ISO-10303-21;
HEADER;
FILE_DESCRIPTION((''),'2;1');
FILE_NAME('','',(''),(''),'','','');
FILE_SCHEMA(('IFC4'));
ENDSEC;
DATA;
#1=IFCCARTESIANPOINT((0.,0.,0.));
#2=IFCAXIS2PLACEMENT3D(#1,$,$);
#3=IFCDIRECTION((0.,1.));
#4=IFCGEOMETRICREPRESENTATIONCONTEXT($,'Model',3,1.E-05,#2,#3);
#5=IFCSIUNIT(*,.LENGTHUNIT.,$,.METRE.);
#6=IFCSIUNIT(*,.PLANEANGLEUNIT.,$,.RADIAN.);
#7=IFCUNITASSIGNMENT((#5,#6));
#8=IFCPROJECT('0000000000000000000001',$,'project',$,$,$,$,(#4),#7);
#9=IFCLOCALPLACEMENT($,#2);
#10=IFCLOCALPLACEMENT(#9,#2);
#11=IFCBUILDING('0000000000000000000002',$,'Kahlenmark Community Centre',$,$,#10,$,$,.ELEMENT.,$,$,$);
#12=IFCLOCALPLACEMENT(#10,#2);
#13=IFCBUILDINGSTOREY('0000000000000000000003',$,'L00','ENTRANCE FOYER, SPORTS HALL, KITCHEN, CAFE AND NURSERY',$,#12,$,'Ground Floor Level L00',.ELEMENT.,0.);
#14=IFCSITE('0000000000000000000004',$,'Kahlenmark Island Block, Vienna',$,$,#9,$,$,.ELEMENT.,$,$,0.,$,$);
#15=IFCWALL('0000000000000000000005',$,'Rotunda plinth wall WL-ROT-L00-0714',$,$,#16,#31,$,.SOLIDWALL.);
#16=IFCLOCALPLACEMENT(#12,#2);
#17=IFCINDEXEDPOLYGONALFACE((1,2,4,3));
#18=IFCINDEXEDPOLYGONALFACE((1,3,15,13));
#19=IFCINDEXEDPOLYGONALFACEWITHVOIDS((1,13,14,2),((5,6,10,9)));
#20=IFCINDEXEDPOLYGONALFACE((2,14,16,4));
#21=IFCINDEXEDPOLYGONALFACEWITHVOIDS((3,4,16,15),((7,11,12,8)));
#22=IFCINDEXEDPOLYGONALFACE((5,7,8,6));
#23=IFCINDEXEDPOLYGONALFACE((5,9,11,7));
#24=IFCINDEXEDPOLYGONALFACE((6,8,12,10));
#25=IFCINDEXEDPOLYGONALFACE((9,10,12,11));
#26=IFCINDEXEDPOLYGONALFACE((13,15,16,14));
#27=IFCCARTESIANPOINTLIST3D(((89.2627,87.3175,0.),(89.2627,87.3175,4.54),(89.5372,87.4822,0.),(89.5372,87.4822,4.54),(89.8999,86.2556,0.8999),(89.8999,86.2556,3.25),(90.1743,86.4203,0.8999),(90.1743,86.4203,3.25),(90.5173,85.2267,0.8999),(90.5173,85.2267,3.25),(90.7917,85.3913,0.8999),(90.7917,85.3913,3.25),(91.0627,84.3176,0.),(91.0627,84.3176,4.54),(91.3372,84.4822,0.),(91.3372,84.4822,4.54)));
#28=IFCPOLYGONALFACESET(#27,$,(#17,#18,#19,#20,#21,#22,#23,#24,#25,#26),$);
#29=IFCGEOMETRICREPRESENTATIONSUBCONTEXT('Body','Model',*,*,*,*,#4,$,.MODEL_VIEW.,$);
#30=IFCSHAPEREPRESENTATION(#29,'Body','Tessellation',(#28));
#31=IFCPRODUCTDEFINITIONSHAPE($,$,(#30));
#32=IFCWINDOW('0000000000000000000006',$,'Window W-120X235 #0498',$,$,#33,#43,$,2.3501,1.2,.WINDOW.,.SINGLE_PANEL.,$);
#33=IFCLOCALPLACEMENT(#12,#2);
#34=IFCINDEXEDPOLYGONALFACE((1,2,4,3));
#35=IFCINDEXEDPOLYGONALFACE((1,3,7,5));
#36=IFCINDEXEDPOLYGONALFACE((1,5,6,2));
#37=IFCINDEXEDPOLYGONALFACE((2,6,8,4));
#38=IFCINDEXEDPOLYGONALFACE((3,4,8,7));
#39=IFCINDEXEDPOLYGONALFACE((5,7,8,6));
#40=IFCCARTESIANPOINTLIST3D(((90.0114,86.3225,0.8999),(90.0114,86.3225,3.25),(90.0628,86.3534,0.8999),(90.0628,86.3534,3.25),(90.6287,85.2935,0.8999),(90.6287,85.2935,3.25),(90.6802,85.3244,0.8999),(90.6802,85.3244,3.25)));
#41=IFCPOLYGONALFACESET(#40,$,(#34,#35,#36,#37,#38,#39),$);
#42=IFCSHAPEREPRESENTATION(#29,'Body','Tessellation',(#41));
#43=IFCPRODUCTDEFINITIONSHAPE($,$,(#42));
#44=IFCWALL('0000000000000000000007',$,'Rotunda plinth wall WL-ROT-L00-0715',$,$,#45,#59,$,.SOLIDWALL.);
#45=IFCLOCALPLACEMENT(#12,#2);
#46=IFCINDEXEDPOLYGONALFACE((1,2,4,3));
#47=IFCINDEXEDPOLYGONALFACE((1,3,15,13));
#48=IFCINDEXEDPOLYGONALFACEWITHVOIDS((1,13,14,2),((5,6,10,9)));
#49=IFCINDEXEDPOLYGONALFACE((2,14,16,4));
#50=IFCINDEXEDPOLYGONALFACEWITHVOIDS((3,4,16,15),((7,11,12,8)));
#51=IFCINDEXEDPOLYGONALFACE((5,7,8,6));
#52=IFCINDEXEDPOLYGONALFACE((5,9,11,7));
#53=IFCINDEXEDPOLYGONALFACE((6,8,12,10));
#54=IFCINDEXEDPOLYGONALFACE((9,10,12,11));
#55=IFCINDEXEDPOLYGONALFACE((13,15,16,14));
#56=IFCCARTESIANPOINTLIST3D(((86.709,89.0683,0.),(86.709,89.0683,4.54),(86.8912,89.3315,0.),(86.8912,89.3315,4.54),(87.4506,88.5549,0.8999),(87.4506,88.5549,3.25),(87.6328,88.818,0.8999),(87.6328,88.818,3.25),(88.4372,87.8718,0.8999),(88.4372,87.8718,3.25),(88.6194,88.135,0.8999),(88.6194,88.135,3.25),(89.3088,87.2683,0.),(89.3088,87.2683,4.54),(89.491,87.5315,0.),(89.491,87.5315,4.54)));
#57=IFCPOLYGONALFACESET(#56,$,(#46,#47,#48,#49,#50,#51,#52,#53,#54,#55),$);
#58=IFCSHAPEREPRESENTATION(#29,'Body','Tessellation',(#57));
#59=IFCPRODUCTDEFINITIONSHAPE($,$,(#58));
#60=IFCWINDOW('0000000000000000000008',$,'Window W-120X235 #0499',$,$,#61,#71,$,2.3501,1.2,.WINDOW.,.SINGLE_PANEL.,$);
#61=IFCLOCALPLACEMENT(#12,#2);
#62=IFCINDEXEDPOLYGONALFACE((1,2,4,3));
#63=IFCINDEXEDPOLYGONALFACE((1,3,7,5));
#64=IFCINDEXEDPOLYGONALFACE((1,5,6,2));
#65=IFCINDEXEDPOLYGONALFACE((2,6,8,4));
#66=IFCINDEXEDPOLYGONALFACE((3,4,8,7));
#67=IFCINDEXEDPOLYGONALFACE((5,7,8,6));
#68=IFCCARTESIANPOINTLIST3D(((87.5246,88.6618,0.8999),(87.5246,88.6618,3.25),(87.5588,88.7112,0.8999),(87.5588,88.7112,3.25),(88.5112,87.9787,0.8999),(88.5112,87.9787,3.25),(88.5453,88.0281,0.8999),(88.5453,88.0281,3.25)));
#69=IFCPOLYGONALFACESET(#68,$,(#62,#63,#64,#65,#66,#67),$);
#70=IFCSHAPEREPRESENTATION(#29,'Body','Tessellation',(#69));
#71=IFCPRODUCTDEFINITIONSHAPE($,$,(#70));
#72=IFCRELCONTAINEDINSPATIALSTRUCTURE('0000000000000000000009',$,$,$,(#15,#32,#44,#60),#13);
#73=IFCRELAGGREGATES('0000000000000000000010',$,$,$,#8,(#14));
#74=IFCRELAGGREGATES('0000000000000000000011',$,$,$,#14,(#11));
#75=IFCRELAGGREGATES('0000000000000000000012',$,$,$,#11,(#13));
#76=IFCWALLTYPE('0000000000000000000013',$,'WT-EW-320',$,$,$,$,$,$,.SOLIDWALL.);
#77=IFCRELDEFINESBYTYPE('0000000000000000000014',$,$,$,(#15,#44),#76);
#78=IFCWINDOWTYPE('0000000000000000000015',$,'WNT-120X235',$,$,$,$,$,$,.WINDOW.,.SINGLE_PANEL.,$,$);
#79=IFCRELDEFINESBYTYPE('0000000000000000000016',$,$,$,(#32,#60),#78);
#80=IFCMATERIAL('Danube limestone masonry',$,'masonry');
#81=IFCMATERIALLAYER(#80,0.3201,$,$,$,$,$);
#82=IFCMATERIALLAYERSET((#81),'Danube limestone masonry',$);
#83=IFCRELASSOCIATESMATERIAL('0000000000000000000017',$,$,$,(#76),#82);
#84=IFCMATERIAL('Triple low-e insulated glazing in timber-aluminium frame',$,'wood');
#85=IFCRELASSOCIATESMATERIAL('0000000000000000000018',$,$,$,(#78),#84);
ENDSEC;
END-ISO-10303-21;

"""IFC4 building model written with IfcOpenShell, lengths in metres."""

from ifc_helpers import new_model, si_unit, direction, frame, frame_2d, origin, place, context, subcontext, project, spatial, rectangle, extrude, material, layer, layer_set, type_object, element, fill, save


model = new_model("IFC4")

# Units and contexts
model_context = context("Model", 3, precision=1e-05, world=origin(), true_north=direction((0.0, 1.0)))
body_context = subcontext(model_context, "Body", "Model", "MODEL_VIEW")
ifc_project = project(units=[si_unit("LENGTHUNIT", "METRE"), si_unit("PLANEANGLEUNIT", "RADIAN")], contexts=[model_context])

# Site, building, storey
site_placement = place(None, origin())
site = spatial("IfcSite", under=ifc_project, at=site_placement, Name="Kahlenmark Island Block, Vienna", CompositionType="ELEMENT", RefElevation=0.0)
building_placement = place(site_placement, origin())
building = spatial("IfcBuilding", under=site, at=building_placement, Name="Kahlenmark Community Centre", CompositionType="ELEMENT")
storey_placement = place(building_placement, origin())
storey = spatial("IfcBuildingStorey", under=building, at=storey_placement, Name="L00", Description="ENTRANCE FOYER, SPORTS HALL, KITCHEN, CAFE AND NURSERY", LongName="Ground Floor Level L00", CompositionType="ELEMENT", Elevation=0.0)

# Walls, openings, windows
ifc_material_1 = material(Name="Danube limestone masonry", Category="masonry")
ifc_layer = layer(ifc_material_1, 0.3201)
ifc_layer_set = layer_set([ifc_layer], Name="Danube limestone masonry")
wall_type = type_object("IfcWallType", Name="WT-EW-320", PredefinedType="SOLIDWALL", material=ifc_layer_set)
ifc_material_2 = material(Name="Triple low-e insulated glazing in timber-aluminium frame", Category="wood")
window_type = type_object("IfcWindowType", Name="WNT-120X235", PartitioningType="SINGLE_PANEL", PredefinedType="WINDOW", material=ifc_material_2)
wall_1_placement = place(storey_placement, frame((91.2, 84.3999, 0.0), z_axis=(0.0, 0.0, 1.0), x_axis=(-0.514506, 0.857487, 0.0)))
wall_1 = element("IfcWall", 1, at=wall_1_placement, inside=storey, type_object=wall_type, Name="Rotunda plinth wall WL-ROT-L00-0714", PredefinedType="SOLIDWALL", context=body_context, shape_type="SweptSolid", body=[
    extrude(rectangle(XDim=3.4985, YDim=0.3201, at=frame_2d((1.7493, 0.0))), origin(), (0.0, 0.0, 1.0), 4.54),
])
opening_1_placement = place(wall_1_placement, frame((1.0601, 0.0, 0.8999)))
opening_1 = element("IfcOpeningElement", 2, at=opening_1_placement, cuts=wall_1, PredefinedType="OPENING", context=body_context, shape_type="SweptSolid", body=[
    extrude(rectangle(XDim=1.2, YDim=2.3501, at=frame_2d((0.6001, 1.175))), frame((0.0, 0.1699, 0.0), z_axis=(0.0, -1.0, 0.0), x_axis=(1.0, 0.0, 0.0)), (0.0, 0.0, 1.0), 0.3401),
])
window_1_placement = place(opening_1_placement, origin())
window_1 = element("IfcWindow", 3, at=window_1_placement, inside=storey, type_object=window_type, Name="Window W-120X235 #0498", OverallHeight=2.3501, OverallWidth=1.2, PartitioningType="SINGLE_PANEL", PredefinedType="WINDOW", context=body_context, shape_type="SweptSolid", body=[
    extrude(rectangle(XDim=1.2, YDim=2.3501, at=frame_2d((0.6001, 1.175))), frame((0.0, 0.03, 0.0), z_axis=(0.0, -1.0, 0.0), x_axis=(1.0, 0.0, 0.0)), (0.0, 0.0, 1.0), 0.0601),
])
fill(opening_1, window_1)
wall_2_placement = place(storey_placement, frame((89.3999, 87.3999, 0.0), z_axis=(0.0, 0.0, 1.0), x_axis=(-0.82217, 0.569242, 0.0)))
wall_2 = element("IfcWall", 4, at=wall_2_placement, inside=storey, type_object=wall_type, Name="Rotunda plinth wall WL-ROT-L00-0715", PredefinedType="SOLIDWALL", context=body_context, shape_type="SweptSolid", body=[
    extrude(rectangle(XDim=3.1621, YDim=0.3201, at=frame_2d((1.5811, 0.0))), origin(), (0.0, 0.0, 1.0), 4.54),
])
opening_2_placement = place(wall_2_placement, frame((1.0601, 0.0, 0.8999)))
opening_2 = element("IfcOpeningElement", 5, at=opening_2_placement, cuts=wall_2, PredefinedType="OPENING", context=body_context, shape_type="SweptSolid", body=[
    extrude(rectangle(XDim=1.2, YDim=2.3501, at=frame_2d((0.6001, 1.175))), frame((0.0, 0.1699, 0.0), z_axis=(0.0, -1.0, 0.0), x_axis=(1.0, 0.0, 0.0)), (0.0, 0.0, 1.0), 0.3401),
])
window_2_placement = place(opening_2_placement, origin())
window_2 = element("IfcWindow", 6, at=window_2_placement, inside=storey, type_object=window_type, Name="Window W-120X235 #0499", OverallHeight=2.3501, OverallWidth=1.2, PartitioningType="SINGLE_PANEL", PredefinedType="WINDOW", context=body_context, shape_type="SweptSolid", body=[
    extrude(rectangle(XDim=1.2, YDim=2.3501, at=frame_2d((0.6001, 1.175))), frame((0.0, 0.03, 0.0), z_axis=(0.0, -1.0, 0.0), x_axis=(1.0, 0.0, 0.0)), (0.0, 0.0, 1.0), 0.0601),
])
fill(opening_2, window_2)

save(model, "model.ifc")
